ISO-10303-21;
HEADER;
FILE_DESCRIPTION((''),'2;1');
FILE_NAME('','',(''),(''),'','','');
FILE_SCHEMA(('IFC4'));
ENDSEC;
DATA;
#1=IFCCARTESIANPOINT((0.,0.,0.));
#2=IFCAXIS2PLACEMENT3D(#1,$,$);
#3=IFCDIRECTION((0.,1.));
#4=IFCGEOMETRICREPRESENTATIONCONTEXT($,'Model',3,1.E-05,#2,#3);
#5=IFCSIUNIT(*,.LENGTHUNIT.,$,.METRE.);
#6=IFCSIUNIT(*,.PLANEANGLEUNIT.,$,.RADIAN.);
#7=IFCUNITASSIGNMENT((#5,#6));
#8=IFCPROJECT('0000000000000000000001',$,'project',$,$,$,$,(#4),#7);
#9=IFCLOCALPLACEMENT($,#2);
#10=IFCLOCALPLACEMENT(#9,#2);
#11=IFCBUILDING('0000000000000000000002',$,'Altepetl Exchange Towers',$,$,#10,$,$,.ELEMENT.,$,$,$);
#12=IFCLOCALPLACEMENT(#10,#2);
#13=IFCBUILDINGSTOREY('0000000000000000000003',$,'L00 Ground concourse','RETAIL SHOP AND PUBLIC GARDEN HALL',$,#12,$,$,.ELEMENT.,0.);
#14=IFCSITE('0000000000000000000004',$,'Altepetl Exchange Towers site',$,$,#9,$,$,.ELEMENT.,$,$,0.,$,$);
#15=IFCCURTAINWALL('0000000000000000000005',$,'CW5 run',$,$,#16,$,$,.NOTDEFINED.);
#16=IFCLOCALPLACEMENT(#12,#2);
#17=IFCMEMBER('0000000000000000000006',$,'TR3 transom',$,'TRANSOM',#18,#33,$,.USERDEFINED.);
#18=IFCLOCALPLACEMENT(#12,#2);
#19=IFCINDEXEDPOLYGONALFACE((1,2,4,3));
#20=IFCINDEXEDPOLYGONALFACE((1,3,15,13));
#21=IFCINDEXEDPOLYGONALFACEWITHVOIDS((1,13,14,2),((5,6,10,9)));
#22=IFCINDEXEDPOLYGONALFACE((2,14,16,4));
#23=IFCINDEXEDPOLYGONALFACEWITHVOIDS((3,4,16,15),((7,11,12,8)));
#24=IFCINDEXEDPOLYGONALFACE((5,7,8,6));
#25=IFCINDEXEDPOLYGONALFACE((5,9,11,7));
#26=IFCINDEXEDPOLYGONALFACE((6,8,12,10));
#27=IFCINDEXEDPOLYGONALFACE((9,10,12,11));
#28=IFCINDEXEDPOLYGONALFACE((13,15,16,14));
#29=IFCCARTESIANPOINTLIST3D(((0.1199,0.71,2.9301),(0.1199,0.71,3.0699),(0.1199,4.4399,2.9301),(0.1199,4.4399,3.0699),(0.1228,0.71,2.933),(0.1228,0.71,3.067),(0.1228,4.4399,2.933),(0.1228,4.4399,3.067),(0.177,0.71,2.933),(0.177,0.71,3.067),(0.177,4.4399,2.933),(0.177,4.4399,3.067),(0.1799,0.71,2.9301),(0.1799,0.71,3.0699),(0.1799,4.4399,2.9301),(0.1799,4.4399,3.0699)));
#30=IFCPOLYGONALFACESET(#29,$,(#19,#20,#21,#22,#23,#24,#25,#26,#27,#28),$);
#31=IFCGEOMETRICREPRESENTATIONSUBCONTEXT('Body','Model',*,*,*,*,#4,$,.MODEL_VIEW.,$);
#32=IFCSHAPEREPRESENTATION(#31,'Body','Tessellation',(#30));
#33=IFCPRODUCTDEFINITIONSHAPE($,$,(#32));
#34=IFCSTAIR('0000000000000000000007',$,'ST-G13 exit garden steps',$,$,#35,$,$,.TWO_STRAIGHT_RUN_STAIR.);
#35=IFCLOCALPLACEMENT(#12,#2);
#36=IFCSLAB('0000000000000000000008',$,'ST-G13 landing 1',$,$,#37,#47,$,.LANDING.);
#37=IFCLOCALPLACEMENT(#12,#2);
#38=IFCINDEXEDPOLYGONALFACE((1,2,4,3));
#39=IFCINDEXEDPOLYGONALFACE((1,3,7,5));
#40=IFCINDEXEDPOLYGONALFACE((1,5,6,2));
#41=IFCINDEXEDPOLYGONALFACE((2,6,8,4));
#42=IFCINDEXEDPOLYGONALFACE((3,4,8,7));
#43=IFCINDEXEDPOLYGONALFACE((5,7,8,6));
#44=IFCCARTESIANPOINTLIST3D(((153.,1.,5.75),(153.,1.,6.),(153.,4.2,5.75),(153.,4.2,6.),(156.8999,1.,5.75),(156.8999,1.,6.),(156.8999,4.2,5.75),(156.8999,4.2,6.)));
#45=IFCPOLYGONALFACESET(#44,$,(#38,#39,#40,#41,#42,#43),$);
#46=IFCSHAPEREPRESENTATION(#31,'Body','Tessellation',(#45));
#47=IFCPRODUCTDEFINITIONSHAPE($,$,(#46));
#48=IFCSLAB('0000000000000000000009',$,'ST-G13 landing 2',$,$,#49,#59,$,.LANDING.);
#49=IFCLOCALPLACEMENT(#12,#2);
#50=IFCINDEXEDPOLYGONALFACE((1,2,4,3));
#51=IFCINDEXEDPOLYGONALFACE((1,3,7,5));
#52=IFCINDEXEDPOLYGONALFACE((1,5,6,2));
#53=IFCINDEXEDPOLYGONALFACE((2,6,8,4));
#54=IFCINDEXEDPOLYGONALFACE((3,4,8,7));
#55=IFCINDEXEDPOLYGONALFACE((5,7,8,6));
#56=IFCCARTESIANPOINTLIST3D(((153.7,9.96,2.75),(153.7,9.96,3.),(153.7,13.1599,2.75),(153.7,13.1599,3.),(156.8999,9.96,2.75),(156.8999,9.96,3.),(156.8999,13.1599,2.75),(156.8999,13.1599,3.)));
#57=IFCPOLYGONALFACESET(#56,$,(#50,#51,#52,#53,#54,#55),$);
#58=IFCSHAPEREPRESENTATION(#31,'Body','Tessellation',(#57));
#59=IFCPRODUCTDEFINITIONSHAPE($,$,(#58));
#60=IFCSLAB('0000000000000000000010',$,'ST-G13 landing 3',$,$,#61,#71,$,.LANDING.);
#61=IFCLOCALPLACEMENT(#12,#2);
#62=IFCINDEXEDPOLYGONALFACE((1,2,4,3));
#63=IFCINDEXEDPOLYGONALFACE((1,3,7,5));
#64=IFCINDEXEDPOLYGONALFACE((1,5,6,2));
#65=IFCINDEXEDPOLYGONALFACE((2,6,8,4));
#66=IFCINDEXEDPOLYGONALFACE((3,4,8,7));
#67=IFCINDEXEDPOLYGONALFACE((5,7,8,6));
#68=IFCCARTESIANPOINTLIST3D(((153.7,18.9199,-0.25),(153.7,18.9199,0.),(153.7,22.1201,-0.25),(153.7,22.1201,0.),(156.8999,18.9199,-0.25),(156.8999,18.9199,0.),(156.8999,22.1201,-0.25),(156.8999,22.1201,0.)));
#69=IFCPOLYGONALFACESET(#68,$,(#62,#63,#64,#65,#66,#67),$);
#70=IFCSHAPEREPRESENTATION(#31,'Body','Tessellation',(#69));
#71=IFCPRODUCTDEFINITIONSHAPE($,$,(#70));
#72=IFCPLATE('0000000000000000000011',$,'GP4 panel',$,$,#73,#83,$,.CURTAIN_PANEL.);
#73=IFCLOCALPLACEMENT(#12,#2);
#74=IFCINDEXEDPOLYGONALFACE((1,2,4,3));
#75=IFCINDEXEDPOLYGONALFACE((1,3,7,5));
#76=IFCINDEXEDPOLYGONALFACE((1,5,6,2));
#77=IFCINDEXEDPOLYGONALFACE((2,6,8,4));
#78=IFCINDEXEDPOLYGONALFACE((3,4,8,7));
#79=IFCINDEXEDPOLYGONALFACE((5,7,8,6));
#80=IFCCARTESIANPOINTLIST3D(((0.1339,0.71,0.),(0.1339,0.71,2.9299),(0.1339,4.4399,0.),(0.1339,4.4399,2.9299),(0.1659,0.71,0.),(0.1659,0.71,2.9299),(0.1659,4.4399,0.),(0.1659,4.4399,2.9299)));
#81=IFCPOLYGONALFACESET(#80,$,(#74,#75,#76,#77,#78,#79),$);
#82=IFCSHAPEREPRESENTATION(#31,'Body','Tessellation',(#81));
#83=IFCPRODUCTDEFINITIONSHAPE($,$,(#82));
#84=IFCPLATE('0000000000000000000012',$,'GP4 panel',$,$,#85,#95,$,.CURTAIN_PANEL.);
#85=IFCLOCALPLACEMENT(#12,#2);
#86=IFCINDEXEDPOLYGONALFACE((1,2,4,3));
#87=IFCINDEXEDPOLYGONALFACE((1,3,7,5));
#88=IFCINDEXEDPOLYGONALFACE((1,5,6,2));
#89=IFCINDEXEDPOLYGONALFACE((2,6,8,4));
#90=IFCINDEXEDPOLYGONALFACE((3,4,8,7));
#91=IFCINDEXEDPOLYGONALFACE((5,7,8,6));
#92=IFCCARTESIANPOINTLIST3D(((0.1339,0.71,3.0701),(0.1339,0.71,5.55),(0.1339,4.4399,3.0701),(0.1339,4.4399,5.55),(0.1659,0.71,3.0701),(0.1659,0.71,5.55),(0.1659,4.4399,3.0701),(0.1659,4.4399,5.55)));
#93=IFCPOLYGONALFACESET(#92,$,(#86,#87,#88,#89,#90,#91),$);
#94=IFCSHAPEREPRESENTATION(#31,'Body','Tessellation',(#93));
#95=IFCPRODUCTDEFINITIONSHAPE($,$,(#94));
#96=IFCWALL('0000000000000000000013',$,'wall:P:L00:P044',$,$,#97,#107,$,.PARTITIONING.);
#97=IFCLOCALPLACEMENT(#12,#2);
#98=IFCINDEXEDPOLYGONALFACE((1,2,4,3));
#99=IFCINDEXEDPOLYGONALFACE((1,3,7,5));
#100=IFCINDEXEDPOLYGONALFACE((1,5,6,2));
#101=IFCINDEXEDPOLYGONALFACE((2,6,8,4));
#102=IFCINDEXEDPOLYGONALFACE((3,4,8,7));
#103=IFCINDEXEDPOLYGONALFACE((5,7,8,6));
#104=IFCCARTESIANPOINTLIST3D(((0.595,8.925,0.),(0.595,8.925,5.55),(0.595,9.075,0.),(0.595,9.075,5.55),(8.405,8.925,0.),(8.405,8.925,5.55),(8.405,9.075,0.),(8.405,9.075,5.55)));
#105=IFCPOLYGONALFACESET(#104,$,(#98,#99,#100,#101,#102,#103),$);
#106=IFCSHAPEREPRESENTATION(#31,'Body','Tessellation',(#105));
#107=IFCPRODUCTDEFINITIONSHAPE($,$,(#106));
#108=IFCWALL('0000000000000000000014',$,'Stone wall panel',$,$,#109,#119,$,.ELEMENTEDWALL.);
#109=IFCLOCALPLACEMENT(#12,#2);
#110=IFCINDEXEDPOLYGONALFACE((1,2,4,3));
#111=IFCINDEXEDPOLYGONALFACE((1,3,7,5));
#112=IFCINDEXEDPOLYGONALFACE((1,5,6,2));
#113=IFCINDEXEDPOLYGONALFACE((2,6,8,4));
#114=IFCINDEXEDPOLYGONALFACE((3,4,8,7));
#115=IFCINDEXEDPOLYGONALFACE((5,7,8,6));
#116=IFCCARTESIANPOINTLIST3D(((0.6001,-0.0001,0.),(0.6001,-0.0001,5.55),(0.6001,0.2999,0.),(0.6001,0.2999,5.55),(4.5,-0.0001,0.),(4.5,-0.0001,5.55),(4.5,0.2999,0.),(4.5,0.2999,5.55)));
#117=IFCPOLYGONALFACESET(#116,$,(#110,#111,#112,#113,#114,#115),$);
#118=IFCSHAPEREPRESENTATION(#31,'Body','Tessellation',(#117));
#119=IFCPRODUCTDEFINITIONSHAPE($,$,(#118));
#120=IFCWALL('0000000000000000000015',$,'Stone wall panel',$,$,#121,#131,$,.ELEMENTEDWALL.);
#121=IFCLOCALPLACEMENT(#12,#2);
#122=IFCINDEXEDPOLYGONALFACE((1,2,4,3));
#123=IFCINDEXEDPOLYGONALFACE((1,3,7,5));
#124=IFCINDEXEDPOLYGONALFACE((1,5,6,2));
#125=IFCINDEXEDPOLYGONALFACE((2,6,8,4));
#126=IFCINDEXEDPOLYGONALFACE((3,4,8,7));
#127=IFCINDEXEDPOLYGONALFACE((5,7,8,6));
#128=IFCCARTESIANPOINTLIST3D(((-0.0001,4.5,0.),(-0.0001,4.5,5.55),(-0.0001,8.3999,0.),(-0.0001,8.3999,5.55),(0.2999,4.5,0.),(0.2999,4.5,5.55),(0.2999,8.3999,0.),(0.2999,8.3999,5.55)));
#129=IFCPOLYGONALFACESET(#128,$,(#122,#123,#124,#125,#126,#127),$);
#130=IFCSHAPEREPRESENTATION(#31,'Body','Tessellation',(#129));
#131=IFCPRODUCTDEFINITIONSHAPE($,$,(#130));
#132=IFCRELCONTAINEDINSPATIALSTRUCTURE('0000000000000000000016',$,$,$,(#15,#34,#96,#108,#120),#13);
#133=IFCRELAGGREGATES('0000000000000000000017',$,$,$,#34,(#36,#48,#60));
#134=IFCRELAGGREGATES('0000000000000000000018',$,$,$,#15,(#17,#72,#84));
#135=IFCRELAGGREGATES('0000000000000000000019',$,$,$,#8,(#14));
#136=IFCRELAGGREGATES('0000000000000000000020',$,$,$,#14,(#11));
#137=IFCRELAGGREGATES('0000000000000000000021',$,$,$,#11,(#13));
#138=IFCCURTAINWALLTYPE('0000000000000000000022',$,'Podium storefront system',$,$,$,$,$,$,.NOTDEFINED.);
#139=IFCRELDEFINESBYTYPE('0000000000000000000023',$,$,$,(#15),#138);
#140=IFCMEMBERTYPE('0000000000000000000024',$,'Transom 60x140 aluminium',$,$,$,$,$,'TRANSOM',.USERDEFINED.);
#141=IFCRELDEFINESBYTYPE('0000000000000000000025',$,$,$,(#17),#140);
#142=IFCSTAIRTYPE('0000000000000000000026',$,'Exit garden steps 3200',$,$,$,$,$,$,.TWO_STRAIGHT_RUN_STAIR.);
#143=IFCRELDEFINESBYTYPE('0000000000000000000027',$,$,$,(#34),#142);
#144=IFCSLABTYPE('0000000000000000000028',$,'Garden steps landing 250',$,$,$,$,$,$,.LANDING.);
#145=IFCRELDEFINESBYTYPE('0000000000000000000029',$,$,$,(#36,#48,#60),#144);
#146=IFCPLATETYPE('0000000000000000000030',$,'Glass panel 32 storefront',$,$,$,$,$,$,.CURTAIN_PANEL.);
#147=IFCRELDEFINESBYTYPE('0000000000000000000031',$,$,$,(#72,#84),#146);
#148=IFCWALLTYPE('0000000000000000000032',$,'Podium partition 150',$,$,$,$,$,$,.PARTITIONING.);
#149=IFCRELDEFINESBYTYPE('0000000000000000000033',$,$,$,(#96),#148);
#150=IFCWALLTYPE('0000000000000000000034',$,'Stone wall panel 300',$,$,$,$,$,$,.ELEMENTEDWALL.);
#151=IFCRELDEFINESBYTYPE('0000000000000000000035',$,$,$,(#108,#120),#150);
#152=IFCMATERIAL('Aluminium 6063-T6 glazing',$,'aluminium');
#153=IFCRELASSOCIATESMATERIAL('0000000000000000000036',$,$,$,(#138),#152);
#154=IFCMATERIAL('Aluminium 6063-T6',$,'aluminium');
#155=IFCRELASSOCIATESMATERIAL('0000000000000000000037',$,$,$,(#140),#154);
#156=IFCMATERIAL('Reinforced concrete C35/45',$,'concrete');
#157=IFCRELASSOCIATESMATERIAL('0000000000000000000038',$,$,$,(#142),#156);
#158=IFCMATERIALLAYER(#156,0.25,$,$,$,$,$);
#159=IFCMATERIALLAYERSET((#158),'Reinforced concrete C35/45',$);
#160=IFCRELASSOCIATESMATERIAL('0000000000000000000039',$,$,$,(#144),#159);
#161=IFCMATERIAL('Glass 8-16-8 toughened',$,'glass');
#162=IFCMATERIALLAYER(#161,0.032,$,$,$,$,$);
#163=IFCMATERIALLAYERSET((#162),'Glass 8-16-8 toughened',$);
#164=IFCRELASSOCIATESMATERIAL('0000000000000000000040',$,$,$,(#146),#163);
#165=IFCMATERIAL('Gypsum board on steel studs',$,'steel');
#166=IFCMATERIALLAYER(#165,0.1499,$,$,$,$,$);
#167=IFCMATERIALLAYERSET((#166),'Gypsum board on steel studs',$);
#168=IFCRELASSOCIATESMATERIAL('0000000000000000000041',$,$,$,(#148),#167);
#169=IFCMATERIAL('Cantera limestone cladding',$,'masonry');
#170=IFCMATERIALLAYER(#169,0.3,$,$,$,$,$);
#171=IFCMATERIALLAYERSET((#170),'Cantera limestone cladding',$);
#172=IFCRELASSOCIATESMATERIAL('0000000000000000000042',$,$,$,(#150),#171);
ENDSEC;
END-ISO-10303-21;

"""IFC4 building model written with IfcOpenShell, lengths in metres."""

from ifc_helpers import new_model, si_unit, direction, frame, frame_2d, origin, origin_2d, place, context, subcontext, project, spatial, polyline, rectangle, hollow_rectangle, outline, extrude, material, layer, layer_set, material_profile, profile_set, type_object, element, aggregate, save


model = new_model("IFC4")

# Units and contexts
model_context = context("Model", 3, precision=1e-05, world=origin(), true_north=direction((0.0, 1.0)))
body_context = subcontext(model_context, "Body", "Model", "MODEL_VIEW")
ifc_project = project(units=[si_unit("LENGTHUNIT", "METRE"), si_unit("PLANEANGLEUNIT", "RADIAN")], contexts=[model_context])

# Site, building, storey
site_placement = place(None, origin())
site = spatial("IfcSite", under=ifc_project, at=site_placement, Name="Altepetl Exchange Towers site", CompositionType="ELEMENT", RefElevation=0.0)
building_placement = place(site_placement, origin())
building = spatial("IfcBuilding", under=site, at=building_placement, Name="Altepetl Exchange Towers", CompositionType="ELEMENT")
storey_placement = place(building_placement, origin())
storey = spatial("IfcBuildingStorey", under=building, at=storey_placement, Name="L00 Ground concourse", Description="RETAIL SHOP AND PUBLIC GARDEN HALL", CompositionType="ELEMENT", Elevation=0.0)

# Shared definitions
ifc_material_1 = material(Name="Reinforced concrete C35/45", Category="concrete")

# Shared definitions
ifc_material_2 = material(Name="Aluminium 6063-T6 glazing", Category="aluminium")
curtain_wall_type = type_object("IfcCurtainWallType", Name="Podium storefront system", PredefinedType="NOTDEFINED", material=ifc_material_2)
ifc_material_3 = material(Name="Aluminium 6063-T6", Category="aluminium")

# Curtain wall
curtain_wall_1_placement = place(storey_placement, origin())
curtain_wall_1 = element("IfcCurtainWall", 1, at=curtain_wall_1_placement, inside=storey, type_object=curtain_wall_type, Name="CW5 run", PredefinedType="NOTDEFINED")

# Member
ifc_material_profile_1 = material_profile(ifc_material_3, hollow_rectangle(XDim=0.0601, YDim=0.1399, WallThickness=0.0029, at=origin_2d()), Name="Transom 60x140 aluminium")
ifc_profile_set_1 = profile_set([ifc_material_profile_1], Name="Aluminium 6063-T6")
member_type_1 = type_object("IfcMemberType", Name="Transom 60x140 aluminium", ElementType="TRANSOM", PredefinedType="USERDEFINED", material=ifc_profile_set_1)
member_1_placement = place(storey_placement, frame((0.1499, 4.4399, 3.0), z_axis=(0.0, -1.0, 0.0), x_axis=(1.0, 0.0, 0.0)))
member_1 = element("IfcMember", 2, at=member_1_placement, type_object=member_type_1, Name="TR3 transom", ObjectType="TRANSOM", PredefinedType="USERDEFINED", context=body_context, shape_type="SweptSolid", body=[
    extrude(hollow_rectangle(XDim=0.0601, YDim=0.1399, WallThickness=0.0029, at=origin_2d()), origin(), (0.0, 0.0, 1.0), 3.73),
])

# Stair, slabs
stair_type = type_object("IfcStairType", Name="Exit garden steps 3200", PredefinedType="TWO_STRAIGHT_RUN_STAIR", material=ifc_material_1)
stair_placement = place(storey_placement, origin())
stair = element("IfcStair", 3, at=stair_placement, inside=storey, type_object=stair_type, Name="ST-G13 exit garden steps", PredefinedType="TWO_STRAIGHT_RUN_STAIR")
ifc_layer_1 = layer(ifc_material_1, 0.25)
ifc_layer_set_1 = layer_set([ifc_layer_1], Name="Reinforced concrete C35/45")
slab_type = type_object("IfcSlabType", Name="Garden steps landing 250", PredefinedType="LANDING", material=ifc_layer_set_1)
slab_1_placement = place(storey_placement, frame((0.0, 0.0, 5.75)))
slab_1 = element("IfcSlab", 4, at=slab_1_placement, type_object=slab_type, Name="ST-G13 landing 1", PredefinedType="LANDING", context=body_context, shape_type="SweptSolid", body=[
    extrude(outline(polyline([(153.0, 1.0), (153.0, 4.2), (156.8999, 4.2), (156.8999, 1.0), (153.0, 1.0)])), origin(), (0.0, 0.0, 1.0), 0.25),
])
slab_2_placement = place(storey_placement, frame((0.0, 0.0, 2.75)))
slab_2 = element("IfcSlab", 5, at=slab_2_placement, type_object=slab_type, Name="ST-G13 landing 2", PredefinedType="LANDING", context=body_context, shape_type="SweptSolid", body=[
    extrude(outline(polyline([(153.7, 9.96), (153.7, 13.1599), (156.8999, 13.1599), (156.8999, 9.96), (153.7, 9.96)])), origin(), (0.0, 0.0, 1.0), 0.25),
])
slab_3_placement = place(storey_placement, frame((0.0, 0.0, -0.25)))
slab_3 = element("IfcSlab", 6, at=slab_3_placement, type_object=slab_type, Name="ST-G13 landing 3", PredefinedType="LANDING", context=body_context, shape_type="SweptSolid", body=[
    extrude(outline(polyline([(153.7, 18.9199), (153.7, 22.1201), (156.8999, 22.1201), (156.8999, 18.9199), (153.7, 18.9199)])), origin(), (0.0, 0.0, 1.0), 0.25),
])
aggregate(stair, [slab_1, slab_2, slab_3])

# Plates
ifc_material_4 = material(Name="Glass 8-16-8 toughened", Category="glass")
ifc_layer_2 = layer(ifc_material_4, 0.032)
ifc_layer_set_2 = layer_set([ifc_layer_2], Name="Glass 8-16-8 toughened")
plate_type = type_object("IfcPlateType", Name="Glass panel 32 storefront", PredefinedType="CURTAIN_PANEL", material=ifc_layer_set_2)
plate_1_placement = place(storey_placement, frame((0.1499, 2.575, 0.0), z_axis=(0.0, 0.0, 1.0), x_axis=(0.0, -1.0, 0.0)))
plate_1 = element("IfcPlate", 7, at=plate_1_placement, type_object=plate_type, Name="GP4 panel", PredefinedType="CURTAIN_PANEL", context=body_context, shape_type="SweptSolid", body=[
    extrude(rectangle(XDim=3.73, YDim=0.032, at=origin_2d()), origin(), (0.0, 0.0, 1.0), 2.9299),
])
plate_2_placement = place(storey_placement, frame((0.1499, 2.575, 3.0701), z_axis=(0.0, 0.0, 1.0), x_axis=(0.0, -1.0, 0.0)))
plate_2 = element("IfcPlate", 8, at=plate_2_placement, type_object=plate_type, Name="GP4 panel", PredefinedType="CURTAIN_PANEL", context=body_context, shape_type="SweptSolid", body=[
    extrude(rectangle(XDim=3.73, YDim=0.032, at=origin_2d()), origin(), (0.0, 0.0, 1.0), 2.48),
])
aggregate(curtain_wall_1, [member_1, plate_1, plate_2])

# Walls
ifc_material_5 = material(Name="Gypsum board on steel studs", Category="steel")
ifc_layer_3 = layer(ifc_material_5, 0.1499)
ifc_layer_set_3 = layer_set([ifc_layer_3], Name="Gypsum board on steel studs")
wall_type_1 = type_object("IfcWallType", Name="Podium partition 150", PredefinedType="PARTITIONING", material=ifc_layer_set_3)
wall_1_placement = place(storey_placement, frame((0.595, 9.0, 0.0)))
element("IfcWall", 9, at=wall_1_placement, inside=storey, type_object=wall_type_1, Name="wall:P:L00:P044", PredefinedType="PARTITIONING", context=body_context, shape_type="SweptSolid", body=[
    extrude(rectangle(XDim=7.8101, YDim=0.1499, at=frame_2d((3.905, 0.0))), origin(), (0.0, 0.0, 1.0), 5.55),
])
ifc_material_6 = material(Name="Cantera limestone cladding", Category="masonry")
ifc_layer_4 = layer(ifc_material_6, 0.3)
ifc_layer_set_4 = layer_set([ifc_layer_4], Name="Cantera limestone cladding")
wall_type_2 = type_object("IfcWallType", Name="Stone wall panel 300", PredefinedType="ELEMENTEDWALL", material=ifc_layer_set_4)
wall_2_placement = place(storey_placement, frame((0.6001, 0.1499, 0.0)))
element("IfcWall", 10, at=wall_2_placement, inside=storey, type_object=wall_type_2, Name="Stone wall panel", PredefinedType="ELEMENTEDWALL", context=body_context, shape_type="SweptSolid", body=[
    extrude(rectangle(XDim=3.8999, YDim=0.3, at=frame_2d((1.95, 0.0))), origin(), (0.0, 0.0, 1.0), 5.55),
])
wall_3_placement = place(storey_placement, frame((0.1499, 8.3999, 0.0), z_axis=(0.0, 0.0, 1.0), x_axis=(0.0, -1.0, 0.0)))
element("IfcWall", 11, at=wall_3_placement, inside=storey, type_object=wall_type_2, Name="Stone wall panel", PredefinedType="ELEMENTEDWALL", context=body_context, shape_type="SweptSolid", body=[
    extrude(rectangle(XDim=3.8999, YDim=0.3, at=frame_2d((1.95, 0.0))), origin(), (0.0, 0.0, 1.0), 5.55),
])

save(model, "model.ifc")
